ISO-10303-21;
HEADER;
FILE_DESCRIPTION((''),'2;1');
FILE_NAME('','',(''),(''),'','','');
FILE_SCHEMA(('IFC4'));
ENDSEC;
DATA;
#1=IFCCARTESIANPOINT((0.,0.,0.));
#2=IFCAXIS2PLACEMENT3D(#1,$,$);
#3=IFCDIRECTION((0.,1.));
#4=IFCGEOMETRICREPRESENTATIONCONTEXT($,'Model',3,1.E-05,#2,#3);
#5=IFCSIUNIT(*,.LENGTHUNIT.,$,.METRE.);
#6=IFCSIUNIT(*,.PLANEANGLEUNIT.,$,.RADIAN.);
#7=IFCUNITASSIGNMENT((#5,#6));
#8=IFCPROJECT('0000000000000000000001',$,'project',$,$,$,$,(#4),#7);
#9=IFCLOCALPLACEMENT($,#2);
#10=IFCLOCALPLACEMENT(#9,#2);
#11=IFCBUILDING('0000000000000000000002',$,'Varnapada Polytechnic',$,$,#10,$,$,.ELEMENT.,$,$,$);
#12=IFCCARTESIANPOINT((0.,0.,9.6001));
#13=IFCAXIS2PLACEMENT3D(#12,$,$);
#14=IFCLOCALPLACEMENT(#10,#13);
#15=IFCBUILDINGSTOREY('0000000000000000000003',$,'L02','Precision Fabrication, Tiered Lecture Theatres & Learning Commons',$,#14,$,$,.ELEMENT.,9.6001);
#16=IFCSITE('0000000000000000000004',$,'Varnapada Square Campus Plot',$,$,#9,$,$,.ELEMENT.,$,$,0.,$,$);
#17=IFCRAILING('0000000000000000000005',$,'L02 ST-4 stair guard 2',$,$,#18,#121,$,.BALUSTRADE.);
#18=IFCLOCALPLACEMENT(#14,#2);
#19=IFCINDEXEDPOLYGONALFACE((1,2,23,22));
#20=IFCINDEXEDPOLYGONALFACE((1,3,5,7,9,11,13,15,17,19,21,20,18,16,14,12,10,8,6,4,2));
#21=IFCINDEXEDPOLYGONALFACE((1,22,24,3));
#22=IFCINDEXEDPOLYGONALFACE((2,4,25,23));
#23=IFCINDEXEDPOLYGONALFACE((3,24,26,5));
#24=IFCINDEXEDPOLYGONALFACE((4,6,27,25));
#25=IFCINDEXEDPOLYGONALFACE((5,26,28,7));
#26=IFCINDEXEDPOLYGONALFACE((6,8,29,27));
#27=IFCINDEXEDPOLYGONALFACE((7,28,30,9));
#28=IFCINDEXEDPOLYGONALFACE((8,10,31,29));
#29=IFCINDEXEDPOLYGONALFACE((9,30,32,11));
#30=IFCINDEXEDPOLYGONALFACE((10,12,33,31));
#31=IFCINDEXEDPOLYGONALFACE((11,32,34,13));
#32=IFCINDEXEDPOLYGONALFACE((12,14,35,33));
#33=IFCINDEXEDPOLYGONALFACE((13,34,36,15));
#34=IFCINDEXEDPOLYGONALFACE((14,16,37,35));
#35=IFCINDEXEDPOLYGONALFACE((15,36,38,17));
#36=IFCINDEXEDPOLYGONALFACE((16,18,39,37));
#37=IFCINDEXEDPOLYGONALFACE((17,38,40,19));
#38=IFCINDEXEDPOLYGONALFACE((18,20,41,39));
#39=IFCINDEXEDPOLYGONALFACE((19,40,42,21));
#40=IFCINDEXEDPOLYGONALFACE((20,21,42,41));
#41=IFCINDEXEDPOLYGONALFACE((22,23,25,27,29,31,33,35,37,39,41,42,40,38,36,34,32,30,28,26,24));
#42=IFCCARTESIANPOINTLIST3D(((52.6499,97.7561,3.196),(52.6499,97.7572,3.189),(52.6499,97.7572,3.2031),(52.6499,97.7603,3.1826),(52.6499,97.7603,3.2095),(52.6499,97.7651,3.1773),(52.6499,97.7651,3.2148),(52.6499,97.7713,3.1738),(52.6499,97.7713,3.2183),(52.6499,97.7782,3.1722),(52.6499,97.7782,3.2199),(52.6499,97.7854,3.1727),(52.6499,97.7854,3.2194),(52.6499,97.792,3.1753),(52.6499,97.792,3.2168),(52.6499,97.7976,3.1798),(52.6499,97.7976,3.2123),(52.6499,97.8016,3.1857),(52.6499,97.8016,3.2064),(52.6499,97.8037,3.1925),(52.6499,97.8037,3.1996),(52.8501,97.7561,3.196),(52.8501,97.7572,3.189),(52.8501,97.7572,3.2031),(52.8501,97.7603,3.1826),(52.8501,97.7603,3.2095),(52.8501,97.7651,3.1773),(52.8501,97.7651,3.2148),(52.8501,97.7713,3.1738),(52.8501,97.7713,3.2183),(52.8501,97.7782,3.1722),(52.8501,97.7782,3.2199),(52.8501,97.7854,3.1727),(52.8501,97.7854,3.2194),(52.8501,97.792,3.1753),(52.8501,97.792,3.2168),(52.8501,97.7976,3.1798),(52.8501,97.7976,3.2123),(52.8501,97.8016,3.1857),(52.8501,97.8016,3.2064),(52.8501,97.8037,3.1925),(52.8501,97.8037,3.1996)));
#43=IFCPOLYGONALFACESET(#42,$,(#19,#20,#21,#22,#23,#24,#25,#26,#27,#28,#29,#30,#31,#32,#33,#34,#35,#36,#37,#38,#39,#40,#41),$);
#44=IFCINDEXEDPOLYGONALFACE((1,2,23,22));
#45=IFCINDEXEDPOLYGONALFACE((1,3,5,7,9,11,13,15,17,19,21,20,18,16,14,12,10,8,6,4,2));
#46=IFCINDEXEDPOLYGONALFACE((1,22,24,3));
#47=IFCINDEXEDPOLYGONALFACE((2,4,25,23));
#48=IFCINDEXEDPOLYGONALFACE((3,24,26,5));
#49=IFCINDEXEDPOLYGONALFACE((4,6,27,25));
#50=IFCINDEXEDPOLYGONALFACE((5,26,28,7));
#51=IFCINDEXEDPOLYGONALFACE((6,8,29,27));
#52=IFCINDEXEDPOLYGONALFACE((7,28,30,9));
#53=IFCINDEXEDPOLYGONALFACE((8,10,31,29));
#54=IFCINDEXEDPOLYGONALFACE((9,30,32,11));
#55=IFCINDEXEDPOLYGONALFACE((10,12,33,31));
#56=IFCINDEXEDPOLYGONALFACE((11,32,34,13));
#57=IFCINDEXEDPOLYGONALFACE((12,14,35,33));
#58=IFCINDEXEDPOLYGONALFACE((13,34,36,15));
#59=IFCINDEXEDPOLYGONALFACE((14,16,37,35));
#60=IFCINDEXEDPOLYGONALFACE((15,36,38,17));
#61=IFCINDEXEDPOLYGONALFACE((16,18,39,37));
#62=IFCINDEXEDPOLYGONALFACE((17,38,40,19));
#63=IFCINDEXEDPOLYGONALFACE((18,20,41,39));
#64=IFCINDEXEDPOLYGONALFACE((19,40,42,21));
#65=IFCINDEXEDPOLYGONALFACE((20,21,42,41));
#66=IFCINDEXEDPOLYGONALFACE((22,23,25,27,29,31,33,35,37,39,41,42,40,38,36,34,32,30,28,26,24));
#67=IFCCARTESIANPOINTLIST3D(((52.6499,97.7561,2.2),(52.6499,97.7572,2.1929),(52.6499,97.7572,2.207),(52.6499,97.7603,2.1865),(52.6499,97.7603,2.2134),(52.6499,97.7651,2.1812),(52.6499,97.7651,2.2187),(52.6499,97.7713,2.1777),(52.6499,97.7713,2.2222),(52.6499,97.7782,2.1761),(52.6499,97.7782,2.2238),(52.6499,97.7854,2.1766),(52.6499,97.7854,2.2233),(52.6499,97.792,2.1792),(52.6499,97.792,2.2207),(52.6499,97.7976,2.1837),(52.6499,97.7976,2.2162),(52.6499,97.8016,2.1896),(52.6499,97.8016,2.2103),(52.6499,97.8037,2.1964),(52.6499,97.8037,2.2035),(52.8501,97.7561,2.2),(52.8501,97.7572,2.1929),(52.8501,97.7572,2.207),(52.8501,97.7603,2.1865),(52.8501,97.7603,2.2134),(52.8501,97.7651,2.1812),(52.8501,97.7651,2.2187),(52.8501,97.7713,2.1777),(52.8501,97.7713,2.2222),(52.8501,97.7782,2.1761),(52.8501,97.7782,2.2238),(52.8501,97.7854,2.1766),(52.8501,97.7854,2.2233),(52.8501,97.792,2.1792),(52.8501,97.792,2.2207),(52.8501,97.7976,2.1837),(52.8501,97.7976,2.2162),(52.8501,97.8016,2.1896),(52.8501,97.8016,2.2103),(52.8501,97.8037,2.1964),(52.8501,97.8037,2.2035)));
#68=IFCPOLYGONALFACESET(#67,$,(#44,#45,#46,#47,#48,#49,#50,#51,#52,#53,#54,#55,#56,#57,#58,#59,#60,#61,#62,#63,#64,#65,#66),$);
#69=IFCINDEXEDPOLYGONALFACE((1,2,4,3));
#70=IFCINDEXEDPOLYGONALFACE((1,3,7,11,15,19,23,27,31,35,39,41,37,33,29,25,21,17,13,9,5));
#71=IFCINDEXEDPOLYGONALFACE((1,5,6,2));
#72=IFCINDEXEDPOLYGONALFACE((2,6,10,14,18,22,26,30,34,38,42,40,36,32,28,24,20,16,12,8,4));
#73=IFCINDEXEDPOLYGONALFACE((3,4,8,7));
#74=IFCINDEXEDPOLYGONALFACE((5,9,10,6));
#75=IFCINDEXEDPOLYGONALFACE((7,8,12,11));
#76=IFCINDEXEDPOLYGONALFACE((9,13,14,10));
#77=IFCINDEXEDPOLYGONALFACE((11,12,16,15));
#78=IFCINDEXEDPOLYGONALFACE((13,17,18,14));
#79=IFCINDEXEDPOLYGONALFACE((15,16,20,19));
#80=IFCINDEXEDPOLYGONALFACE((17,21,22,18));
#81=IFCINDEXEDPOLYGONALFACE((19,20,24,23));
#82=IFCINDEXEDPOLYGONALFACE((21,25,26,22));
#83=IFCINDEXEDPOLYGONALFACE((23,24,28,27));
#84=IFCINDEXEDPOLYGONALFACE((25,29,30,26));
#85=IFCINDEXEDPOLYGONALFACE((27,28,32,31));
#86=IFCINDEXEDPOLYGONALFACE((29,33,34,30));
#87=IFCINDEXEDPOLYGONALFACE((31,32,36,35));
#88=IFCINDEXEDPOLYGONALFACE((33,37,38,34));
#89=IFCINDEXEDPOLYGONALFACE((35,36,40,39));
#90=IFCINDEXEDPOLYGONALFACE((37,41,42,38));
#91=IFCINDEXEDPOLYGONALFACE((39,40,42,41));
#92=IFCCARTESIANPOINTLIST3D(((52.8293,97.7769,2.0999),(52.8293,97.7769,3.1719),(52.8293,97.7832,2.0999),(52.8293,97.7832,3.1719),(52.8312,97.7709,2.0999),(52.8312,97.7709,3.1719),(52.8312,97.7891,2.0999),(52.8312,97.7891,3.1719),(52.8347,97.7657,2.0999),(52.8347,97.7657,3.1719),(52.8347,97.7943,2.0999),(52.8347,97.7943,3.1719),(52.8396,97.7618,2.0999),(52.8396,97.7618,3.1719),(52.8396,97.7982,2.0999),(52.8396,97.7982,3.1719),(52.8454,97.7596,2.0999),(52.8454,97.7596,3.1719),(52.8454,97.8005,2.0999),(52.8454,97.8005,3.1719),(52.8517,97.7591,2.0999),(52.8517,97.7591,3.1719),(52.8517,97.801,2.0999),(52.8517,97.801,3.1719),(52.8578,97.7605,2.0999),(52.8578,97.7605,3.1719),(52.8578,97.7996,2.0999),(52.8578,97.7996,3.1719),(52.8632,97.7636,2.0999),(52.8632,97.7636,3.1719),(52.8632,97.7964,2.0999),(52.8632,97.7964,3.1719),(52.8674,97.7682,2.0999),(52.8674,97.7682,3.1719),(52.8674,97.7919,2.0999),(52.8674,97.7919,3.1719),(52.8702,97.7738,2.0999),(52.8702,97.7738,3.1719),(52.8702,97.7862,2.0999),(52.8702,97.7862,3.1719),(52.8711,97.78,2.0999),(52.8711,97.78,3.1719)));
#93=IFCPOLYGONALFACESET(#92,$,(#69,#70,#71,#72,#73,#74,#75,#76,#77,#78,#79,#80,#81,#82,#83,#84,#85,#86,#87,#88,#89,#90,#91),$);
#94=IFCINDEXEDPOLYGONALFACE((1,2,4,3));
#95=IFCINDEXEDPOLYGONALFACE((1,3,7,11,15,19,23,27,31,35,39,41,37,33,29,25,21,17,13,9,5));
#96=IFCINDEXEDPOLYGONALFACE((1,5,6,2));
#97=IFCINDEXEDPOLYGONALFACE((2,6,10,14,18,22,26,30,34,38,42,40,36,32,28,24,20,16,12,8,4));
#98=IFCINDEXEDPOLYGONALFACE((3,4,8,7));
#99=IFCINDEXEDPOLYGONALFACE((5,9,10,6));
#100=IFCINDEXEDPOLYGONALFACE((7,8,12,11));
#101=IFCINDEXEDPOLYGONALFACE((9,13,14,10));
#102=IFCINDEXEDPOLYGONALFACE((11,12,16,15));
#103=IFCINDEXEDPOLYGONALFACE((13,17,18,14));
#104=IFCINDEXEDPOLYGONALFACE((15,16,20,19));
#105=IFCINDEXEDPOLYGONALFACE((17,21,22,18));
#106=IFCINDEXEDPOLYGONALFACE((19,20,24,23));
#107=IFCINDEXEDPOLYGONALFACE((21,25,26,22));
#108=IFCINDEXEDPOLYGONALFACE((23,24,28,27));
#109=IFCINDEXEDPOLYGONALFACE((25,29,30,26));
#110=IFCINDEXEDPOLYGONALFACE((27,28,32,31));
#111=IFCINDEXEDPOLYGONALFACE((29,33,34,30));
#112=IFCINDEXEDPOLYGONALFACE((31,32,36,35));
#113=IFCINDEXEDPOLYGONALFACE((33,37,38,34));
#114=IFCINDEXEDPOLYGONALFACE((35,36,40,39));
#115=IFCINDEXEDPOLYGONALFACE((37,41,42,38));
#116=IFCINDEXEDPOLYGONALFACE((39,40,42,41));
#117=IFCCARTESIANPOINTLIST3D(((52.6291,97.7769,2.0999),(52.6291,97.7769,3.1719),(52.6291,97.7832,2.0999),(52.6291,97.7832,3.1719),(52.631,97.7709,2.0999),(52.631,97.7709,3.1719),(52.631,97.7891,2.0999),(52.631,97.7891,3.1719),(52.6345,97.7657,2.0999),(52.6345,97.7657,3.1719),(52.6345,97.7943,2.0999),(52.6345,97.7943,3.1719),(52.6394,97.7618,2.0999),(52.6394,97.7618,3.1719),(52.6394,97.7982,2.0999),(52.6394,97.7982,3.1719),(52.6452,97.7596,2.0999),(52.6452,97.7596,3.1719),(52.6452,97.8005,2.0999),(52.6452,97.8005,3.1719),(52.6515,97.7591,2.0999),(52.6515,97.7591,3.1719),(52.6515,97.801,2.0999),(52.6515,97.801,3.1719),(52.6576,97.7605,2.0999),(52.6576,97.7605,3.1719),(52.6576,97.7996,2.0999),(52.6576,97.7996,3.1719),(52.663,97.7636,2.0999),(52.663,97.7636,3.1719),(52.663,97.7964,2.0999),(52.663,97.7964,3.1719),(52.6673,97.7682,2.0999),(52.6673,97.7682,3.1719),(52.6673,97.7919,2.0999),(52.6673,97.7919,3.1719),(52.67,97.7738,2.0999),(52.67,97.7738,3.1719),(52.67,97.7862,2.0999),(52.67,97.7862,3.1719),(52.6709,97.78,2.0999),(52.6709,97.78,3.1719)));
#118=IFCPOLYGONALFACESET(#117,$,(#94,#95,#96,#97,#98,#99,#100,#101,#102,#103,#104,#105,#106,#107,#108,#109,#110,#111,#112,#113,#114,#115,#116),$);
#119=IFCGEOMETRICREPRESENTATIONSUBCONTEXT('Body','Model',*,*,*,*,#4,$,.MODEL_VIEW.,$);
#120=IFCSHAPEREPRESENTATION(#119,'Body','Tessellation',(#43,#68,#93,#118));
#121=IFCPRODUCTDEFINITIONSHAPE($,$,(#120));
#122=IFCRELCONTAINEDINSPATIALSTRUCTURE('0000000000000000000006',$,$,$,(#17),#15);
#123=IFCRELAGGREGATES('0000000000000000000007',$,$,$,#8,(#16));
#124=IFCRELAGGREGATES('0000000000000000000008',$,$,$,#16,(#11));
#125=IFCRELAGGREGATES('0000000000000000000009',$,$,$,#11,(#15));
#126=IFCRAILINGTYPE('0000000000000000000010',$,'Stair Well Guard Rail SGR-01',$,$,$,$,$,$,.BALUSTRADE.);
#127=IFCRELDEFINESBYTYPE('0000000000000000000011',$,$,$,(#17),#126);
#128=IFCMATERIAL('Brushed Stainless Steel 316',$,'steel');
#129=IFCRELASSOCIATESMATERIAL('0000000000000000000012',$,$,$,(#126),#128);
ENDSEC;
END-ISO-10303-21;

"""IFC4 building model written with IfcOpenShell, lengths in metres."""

from ifc_helpers import new_model, si_unit, direction, frame, origin, origin_2d, place, context, subcontext, project, spatial, circle, extrude, material, type_object, element, save


model = new_model("IFC4")

# Units and contexts
model_context = context("Model", 3, precision=1e-05, world=origin(), true_north=direction((0.0, 1.0)))
body_context = subcontext(model_context, "Body", "Model", "MODEL_VIEW")
ifc_project = project(units=[si_unit("LENGTHUNIT", "METRE"), si_unit("PLANEANGLEUNIT", "RADIAN")], contexts=[model_context])

# Site, building, storey
site_placement = place(None, origin())
site = spatial("IfcSite", under=ifc_project, at=site_placement, Name="Varnapada Square Campus Plot", CompositionType="ELEMENT", RefElevation=0.0)
building_placement = place(site_placement, origin())
building = spatial("IfcBuilding", under=site, at=building_placement, Name="Varnapada Polytechnic", CompositionType="ELEMENT")
storey_placement = place(building_placement, frame((0.0, 0.0, 9.6001)))
storey = spatial("IfcBuildingStorey", under=building, at=storey_placement, Name="L02", Description="Precision Fabrication, Tiered Lecture Theatres & Learning Commons", CompositionType="ELEMENT", Elevation=9.6001)

# Shared definitions
ifc_material_1 = material(Name="Brushed Stainless Steel 316", Category="steel")

# Railing
railing_type_1 = type_object("IfcRailingType", Name="Stair Well Guard Rail SGR-01", PredefinedType="BALUSTRADE", material=ifc_material_1)
railing_1_placement = place(storey_placement, frame((52.8501, 97.78, 2.0999)))
element("IfcRailing", 1, at=railing_1_placement, inside=storey, type_object=railing_type_1, Name="L02 ST-4 stair guard 2", PredefinedType="BALUSTRADE", context=body_context, shape_type="SweptSolid", body=[
    extrude(circle(Radius=0.0239, at=origin_2d()), frame((0.0, 0.0, 1.0962), z_axis=(-1.0, 0.0, 0.0), x_axis=(0.0, -1.0, 0.0)), (0.0, 0.0, 1.0), 0.2002),
    extrude(circle(Radius=0.0239, at=origin_2d()), frame((0.0, 0.0, 0.1001), z_axis=(-1.0, 0.0, 0.0), x_axis=(0.0, -1.0, 0.0)), (0.0, 0.0, 1.0), 0.2002),
    extrude(circle(Radius=0.021, at=origin_2d()), origin(), (0.0, 0.0, 1.0), 1.072),
    extrude(circle(Radius=0.021, at=origin_2d()), frame((-0.2002, 0.0, 0.0)), (0.0, 0.0, 1.0), 1.072),
])

save(model, "model.ifc")
